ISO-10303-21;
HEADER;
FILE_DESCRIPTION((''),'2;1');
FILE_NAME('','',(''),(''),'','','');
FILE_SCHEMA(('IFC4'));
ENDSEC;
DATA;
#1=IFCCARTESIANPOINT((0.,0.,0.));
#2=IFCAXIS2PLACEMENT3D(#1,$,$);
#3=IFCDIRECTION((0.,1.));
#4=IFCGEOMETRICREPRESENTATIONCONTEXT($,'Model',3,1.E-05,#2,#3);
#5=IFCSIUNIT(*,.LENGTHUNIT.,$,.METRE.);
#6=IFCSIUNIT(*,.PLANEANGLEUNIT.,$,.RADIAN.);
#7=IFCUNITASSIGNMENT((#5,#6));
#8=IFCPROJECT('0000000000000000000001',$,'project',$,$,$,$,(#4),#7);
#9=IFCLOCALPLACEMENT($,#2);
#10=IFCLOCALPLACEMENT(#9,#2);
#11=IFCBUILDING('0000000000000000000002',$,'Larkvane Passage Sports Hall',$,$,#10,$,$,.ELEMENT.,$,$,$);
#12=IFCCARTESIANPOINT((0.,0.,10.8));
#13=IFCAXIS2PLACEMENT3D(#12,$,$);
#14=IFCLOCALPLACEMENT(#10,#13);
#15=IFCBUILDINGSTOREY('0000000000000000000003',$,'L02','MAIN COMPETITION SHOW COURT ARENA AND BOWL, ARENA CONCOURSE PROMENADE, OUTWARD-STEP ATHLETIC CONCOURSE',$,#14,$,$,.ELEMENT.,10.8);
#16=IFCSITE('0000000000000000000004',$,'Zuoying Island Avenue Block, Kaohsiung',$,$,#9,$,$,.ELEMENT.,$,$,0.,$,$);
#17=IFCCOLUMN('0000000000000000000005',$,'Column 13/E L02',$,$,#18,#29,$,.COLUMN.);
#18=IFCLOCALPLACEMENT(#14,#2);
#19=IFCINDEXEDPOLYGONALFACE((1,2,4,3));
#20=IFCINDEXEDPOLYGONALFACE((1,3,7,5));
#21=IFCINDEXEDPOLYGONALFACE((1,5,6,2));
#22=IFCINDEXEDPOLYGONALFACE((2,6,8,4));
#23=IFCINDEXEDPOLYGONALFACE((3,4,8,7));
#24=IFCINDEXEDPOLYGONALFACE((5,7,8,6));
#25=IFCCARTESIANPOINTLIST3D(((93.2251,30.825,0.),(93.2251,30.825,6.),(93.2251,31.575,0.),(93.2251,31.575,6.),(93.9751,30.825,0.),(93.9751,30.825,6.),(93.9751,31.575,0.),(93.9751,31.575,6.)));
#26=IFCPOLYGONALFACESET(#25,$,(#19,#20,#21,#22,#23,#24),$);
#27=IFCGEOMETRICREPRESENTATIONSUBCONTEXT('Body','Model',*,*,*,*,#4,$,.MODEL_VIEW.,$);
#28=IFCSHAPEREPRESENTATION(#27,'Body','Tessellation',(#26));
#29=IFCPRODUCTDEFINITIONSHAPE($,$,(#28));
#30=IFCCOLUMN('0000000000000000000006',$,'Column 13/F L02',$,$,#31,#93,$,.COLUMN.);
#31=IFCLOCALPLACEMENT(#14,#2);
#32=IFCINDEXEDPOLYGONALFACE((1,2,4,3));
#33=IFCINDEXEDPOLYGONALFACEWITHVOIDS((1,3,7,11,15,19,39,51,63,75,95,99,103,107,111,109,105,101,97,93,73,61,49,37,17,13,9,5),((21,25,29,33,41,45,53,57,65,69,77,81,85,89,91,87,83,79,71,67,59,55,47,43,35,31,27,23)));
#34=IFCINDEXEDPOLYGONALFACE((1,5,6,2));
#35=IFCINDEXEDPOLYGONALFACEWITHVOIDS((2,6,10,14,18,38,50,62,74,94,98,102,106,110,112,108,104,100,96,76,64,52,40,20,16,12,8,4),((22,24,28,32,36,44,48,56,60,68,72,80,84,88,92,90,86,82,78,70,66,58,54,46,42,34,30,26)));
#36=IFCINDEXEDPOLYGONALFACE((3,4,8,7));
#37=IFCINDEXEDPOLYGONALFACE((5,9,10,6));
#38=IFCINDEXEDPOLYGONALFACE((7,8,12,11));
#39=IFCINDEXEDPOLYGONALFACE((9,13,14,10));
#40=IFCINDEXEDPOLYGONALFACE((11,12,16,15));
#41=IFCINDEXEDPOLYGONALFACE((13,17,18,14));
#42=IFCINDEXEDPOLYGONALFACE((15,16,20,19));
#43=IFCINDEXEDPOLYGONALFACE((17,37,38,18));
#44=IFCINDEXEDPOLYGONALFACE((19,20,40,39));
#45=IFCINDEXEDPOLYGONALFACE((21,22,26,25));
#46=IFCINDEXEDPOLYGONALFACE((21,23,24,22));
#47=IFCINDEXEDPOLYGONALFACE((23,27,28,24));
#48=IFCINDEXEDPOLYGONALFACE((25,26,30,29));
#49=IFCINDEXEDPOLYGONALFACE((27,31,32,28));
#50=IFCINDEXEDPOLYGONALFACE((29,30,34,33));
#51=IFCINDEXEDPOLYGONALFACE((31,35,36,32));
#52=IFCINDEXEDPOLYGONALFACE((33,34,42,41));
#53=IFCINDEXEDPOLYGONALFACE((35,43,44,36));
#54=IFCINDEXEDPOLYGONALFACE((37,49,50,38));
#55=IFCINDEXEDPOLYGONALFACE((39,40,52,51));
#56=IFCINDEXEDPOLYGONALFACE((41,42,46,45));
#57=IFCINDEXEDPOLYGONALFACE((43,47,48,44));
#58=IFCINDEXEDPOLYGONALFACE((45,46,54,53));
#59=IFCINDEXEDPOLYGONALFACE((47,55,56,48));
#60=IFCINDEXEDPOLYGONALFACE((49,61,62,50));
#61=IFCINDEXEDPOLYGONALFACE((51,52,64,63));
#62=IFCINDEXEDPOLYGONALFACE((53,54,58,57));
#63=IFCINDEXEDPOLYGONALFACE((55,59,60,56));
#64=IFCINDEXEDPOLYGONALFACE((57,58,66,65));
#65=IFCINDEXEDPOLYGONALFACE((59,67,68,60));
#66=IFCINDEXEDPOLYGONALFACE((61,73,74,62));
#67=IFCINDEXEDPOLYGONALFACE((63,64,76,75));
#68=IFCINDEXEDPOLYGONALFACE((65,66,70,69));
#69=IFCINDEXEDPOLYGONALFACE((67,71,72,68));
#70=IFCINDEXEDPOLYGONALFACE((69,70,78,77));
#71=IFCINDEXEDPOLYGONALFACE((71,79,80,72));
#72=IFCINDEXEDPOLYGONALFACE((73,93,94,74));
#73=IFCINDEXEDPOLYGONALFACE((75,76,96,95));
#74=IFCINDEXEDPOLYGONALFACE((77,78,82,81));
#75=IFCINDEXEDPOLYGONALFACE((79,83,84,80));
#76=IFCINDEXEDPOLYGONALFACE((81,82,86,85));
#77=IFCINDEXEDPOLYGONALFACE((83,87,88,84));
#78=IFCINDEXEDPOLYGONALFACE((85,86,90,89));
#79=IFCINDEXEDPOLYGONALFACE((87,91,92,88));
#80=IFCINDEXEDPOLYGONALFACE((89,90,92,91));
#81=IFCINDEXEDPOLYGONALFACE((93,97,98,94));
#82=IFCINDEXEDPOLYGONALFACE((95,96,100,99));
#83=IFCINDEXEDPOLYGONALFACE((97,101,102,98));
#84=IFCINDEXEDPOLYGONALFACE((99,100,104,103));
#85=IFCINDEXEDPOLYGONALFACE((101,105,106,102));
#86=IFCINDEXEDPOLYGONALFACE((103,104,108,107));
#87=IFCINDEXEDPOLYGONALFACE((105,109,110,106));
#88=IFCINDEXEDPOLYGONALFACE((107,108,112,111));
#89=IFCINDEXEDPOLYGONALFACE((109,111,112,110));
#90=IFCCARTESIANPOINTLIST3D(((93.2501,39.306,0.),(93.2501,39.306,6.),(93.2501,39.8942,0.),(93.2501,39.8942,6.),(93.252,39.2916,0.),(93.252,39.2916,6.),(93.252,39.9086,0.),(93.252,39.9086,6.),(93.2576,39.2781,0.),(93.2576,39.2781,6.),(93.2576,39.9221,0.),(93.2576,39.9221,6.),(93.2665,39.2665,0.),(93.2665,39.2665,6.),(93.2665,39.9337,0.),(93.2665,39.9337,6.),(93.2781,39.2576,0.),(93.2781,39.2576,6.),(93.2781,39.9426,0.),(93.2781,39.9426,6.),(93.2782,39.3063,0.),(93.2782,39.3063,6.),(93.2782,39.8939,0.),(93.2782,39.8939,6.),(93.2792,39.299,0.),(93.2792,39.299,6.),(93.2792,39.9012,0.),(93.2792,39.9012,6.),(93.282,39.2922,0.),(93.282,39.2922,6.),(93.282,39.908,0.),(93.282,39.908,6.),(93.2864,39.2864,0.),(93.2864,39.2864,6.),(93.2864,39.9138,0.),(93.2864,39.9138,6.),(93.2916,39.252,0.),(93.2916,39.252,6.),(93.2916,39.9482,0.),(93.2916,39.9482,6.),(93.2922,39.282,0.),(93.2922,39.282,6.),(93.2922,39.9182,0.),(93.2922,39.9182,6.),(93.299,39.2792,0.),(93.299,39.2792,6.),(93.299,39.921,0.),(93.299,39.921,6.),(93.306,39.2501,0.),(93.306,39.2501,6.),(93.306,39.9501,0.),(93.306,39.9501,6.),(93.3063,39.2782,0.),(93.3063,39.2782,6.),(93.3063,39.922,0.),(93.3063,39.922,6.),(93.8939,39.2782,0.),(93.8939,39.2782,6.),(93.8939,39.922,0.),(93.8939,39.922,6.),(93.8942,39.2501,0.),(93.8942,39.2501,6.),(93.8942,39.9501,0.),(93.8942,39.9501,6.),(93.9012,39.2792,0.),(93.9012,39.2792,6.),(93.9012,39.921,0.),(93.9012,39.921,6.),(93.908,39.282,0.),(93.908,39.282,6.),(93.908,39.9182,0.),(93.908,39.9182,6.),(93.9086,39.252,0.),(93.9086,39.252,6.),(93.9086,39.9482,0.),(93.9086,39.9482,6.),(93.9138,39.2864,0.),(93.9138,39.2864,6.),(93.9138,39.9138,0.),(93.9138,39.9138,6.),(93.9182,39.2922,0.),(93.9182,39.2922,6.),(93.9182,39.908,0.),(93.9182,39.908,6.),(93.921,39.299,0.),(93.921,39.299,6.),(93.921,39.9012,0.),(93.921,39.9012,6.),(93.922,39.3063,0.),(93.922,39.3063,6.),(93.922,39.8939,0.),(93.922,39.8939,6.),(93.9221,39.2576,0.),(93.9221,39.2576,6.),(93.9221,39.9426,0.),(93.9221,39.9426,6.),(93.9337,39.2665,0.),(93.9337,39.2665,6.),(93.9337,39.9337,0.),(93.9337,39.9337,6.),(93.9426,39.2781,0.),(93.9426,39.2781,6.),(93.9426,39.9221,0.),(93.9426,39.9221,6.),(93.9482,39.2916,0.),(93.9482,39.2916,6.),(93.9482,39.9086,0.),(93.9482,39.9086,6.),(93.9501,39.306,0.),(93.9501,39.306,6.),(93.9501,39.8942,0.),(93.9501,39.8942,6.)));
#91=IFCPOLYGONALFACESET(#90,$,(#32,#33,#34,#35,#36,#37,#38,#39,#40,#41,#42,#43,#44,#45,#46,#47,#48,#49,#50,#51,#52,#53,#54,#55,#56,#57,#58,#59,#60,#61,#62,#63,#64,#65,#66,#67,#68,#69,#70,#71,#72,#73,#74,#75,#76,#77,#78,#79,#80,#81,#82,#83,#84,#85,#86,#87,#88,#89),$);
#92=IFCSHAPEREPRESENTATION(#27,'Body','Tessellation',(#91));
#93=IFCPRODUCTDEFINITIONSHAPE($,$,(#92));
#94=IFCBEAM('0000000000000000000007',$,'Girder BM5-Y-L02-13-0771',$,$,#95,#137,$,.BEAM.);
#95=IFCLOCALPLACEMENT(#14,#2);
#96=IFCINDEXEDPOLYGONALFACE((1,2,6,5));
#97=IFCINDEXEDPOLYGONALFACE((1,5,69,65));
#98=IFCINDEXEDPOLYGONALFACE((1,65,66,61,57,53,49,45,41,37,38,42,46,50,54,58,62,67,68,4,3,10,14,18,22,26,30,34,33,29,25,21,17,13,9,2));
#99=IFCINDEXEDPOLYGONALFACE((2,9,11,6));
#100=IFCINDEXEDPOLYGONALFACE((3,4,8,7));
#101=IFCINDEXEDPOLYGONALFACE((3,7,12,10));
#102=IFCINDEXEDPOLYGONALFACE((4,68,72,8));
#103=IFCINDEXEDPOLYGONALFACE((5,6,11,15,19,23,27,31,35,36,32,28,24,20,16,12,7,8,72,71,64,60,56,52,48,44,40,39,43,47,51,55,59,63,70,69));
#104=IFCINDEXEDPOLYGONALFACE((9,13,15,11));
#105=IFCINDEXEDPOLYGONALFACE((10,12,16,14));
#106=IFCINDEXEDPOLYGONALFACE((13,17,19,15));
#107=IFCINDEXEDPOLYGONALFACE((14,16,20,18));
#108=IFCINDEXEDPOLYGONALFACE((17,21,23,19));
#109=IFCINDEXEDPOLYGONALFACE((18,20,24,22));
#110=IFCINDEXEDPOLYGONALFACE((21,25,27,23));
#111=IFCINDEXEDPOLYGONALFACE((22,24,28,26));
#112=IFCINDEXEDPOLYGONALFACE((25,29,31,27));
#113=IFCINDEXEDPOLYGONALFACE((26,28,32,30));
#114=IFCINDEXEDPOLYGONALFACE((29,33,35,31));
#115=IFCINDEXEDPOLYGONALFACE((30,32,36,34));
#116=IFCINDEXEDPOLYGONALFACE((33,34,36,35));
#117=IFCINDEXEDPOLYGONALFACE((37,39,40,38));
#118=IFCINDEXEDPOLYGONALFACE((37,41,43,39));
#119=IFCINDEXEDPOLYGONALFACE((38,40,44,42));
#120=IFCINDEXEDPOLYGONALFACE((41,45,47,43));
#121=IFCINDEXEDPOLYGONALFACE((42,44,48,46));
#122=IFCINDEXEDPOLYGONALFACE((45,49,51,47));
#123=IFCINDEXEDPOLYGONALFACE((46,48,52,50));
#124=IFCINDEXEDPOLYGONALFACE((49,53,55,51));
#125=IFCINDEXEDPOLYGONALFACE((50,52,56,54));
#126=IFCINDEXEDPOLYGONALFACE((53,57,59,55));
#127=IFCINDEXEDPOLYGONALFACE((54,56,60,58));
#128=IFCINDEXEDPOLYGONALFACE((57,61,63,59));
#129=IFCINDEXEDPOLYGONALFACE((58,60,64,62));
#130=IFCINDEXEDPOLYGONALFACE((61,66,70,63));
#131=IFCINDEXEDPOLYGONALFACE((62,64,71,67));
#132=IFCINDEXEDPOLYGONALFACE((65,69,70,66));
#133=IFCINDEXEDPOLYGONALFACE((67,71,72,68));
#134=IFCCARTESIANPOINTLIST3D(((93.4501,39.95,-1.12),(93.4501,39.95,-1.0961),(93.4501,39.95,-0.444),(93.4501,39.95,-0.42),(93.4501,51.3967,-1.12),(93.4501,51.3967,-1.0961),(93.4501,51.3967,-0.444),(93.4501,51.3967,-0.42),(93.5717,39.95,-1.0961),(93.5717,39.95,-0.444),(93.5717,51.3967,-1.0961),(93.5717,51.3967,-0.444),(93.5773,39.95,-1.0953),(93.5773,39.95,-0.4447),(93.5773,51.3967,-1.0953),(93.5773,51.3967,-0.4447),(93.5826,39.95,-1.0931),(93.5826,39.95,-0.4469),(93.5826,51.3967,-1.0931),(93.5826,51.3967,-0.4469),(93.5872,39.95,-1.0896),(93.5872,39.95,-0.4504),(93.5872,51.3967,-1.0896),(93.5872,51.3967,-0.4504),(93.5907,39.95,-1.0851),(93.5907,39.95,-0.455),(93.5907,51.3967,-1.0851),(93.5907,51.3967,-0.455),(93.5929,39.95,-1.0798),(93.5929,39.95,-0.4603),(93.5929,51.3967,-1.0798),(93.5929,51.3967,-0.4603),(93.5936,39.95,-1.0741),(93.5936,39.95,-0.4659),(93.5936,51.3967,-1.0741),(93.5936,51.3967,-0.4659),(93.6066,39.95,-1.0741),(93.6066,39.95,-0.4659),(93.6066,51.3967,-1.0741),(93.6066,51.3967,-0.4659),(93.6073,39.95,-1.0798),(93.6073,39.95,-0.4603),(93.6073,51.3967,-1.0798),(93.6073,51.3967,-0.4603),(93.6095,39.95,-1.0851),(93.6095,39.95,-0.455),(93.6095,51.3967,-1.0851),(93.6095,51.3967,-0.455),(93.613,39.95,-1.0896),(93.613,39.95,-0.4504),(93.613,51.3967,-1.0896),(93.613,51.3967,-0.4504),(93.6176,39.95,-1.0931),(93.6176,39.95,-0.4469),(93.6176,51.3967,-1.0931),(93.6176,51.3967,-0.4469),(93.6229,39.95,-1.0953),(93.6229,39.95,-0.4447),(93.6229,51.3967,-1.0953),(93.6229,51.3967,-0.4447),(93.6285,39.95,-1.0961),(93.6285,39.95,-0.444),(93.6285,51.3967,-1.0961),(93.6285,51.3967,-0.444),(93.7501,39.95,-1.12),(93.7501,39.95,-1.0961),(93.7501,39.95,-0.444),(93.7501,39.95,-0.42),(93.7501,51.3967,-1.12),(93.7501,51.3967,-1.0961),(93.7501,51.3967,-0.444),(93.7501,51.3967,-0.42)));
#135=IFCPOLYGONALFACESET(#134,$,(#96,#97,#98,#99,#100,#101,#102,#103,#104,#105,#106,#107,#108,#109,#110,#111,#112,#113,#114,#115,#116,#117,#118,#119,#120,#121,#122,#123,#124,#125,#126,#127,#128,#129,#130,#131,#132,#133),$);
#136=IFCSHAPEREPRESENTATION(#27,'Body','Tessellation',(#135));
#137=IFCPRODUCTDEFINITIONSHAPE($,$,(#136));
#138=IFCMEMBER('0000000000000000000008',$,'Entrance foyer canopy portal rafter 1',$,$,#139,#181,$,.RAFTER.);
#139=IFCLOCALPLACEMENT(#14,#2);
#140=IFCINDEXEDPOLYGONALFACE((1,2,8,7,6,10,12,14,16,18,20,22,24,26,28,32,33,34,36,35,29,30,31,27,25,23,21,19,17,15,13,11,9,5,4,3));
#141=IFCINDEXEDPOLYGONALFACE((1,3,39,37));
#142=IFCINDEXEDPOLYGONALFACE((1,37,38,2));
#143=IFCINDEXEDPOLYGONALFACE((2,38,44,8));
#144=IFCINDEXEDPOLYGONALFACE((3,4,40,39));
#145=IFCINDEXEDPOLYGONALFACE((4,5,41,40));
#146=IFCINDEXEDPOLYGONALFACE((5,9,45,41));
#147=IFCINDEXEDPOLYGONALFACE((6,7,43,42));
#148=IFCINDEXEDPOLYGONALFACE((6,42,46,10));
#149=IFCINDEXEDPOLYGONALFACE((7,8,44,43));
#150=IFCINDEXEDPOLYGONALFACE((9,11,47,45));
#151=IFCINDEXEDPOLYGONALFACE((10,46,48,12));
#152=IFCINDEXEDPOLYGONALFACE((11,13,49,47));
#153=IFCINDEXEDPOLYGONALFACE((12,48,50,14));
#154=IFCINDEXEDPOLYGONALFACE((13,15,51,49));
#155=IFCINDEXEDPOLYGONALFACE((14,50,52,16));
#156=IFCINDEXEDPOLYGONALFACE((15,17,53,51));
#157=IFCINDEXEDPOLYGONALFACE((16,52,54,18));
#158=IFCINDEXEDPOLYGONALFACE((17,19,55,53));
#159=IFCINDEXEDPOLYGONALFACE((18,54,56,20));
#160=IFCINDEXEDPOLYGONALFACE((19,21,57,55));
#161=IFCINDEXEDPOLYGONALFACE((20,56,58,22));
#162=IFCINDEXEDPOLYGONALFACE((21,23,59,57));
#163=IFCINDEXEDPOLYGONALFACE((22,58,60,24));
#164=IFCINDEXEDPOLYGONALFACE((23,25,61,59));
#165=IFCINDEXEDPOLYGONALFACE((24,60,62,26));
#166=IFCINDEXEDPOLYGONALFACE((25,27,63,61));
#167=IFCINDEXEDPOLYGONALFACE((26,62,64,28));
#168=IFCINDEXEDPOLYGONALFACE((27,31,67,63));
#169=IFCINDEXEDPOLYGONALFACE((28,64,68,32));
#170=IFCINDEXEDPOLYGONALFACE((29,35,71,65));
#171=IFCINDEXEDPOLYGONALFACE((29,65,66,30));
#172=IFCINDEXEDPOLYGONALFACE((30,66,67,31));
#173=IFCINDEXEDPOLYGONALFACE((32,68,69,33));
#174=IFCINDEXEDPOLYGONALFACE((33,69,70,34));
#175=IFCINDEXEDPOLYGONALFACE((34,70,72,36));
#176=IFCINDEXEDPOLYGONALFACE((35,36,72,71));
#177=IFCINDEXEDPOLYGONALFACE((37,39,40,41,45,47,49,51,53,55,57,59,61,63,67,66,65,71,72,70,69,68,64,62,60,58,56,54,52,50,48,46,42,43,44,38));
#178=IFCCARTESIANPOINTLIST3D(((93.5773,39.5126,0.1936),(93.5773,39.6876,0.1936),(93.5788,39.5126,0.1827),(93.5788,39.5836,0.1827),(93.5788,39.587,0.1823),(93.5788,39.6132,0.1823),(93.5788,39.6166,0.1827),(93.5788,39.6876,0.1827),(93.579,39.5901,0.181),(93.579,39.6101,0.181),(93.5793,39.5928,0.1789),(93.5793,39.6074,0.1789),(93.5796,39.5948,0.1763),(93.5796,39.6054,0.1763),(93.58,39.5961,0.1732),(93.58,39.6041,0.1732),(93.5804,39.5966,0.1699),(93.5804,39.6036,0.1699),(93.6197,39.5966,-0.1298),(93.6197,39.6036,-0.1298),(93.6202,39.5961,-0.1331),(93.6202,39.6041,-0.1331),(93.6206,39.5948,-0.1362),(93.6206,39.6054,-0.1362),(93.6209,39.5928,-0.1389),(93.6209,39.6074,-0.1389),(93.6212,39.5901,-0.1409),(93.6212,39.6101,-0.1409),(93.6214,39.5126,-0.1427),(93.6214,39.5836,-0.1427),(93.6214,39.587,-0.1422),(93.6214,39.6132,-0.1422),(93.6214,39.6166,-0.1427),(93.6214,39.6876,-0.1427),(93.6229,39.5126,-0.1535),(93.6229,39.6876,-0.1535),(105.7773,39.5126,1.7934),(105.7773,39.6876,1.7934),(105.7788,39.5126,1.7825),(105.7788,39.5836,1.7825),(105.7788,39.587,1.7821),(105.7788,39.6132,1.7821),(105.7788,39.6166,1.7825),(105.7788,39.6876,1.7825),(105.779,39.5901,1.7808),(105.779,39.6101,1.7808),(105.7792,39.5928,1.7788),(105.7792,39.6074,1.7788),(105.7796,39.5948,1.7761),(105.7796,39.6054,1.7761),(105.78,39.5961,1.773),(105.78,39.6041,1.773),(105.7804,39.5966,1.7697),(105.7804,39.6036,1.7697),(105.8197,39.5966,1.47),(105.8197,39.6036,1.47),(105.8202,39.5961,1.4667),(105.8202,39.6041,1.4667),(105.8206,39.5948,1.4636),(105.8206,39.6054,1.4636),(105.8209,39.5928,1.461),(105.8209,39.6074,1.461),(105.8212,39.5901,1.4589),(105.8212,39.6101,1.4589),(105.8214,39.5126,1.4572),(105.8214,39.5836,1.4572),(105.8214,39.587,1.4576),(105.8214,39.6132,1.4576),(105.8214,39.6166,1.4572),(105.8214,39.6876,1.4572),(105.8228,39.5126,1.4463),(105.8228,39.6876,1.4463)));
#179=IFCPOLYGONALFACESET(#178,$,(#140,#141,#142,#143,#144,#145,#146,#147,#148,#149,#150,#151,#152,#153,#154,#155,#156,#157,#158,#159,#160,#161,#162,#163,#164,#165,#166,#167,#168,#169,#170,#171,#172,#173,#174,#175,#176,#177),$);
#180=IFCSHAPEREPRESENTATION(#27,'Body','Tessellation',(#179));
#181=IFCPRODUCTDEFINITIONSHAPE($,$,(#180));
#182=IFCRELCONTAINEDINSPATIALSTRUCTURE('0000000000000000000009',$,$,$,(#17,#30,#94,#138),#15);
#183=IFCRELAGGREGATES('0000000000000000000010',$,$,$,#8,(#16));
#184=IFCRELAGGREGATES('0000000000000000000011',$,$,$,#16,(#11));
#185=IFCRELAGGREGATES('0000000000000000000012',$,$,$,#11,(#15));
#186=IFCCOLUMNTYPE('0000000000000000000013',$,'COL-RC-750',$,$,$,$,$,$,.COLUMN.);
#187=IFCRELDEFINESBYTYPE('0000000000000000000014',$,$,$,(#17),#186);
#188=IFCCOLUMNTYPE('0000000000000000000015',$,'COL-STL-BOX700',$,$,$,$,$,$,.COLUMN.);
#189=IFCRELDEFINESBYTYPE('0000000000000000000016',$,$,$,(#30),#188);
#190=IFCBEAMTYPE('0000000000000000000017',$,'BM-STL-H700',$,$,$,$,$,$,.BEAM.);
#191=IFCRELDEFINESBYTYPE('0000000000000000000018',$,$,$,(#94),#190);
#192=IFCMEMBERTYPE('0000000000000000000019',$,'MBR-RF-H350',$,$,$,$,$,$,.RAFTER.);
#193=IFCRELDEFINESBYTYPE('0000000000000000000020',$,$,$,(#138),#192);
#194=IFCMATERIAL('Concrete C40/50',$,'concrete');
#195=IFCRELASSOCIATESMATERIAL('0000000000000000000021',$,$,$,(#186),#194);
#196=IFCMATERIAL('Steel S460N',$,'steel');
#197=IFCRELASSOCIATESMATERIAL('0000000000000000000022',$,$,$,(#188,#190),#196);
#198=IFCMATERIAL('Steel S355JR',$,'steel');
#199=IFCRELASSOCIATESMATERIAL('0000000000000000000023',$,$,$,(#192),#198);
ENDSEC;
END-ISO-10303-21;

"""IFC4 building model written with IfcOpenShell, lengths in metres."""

from ifc_helpers import new_model, si_unit, direction, frame, origin, origin_2d, place, context, subcontext, project, spatial, rectangle, hollow_rectangle, i_section, extrude, material, material_profile, profile_set, type_object, element, save


model = new_model("IFC4")

# Units and contexts
model_context = context("Model", 3, precision=1e-05, world=origin(), true_north=direction((0.0, 1.0)))
body_context = subcontext(model_context, "Body", "Model", "MODEL_VIEW")
ifc_project = project(units=[si_unit("LENGTHUNIT", "METRE"), si_unit("PLANEANGLEUNIT", "RADIAN")], contexts=[model_context])

# Site, building, storey
site_placement = place(None, origin())
site = spatial("IfcSite", under=ifc_project, at=site_placement, Name="Zuoying Island Avenue Block, Kaohsiung", CompositionType="ELEMENT", RefElevation=0.0)
building_placement = place(site_placement, origin())
building = spatial("IfcBuilding", under=site, at=building_placement, Name="Larkvane Passage Sports Hall", CompositionType="ELEMENT")
storey_placement = place(building_placement, frame((0.0, 0.0, 10.8)))
storey = spatial("IfcBuildingStorey", under=building, at=storey_placement, Name="L02", Description="MAIN COMPETITION SHOW COURT ARENA AND BOWL, ARENA CONCOURSE PROMENADE, OUTWARD-STEP ATHLETIC CONCOURSE", CompositionType="ELEMENT", Elevation=10.8)

# Columns
ifc_material_1 = material(Name="Concrete C40/50", Category="concrete")
ifc_material_profile_1 = material_profile(ifc_material_1, rectangle(XDim=0.75, YDim=0.75, at=origin_2d()), Name="RC-COL-750x750")
ifc_profile_set_1 = profile_set([ifc_material_profile_1], Name="Concrete C40/50")
column_type_1 = type_object("IfcColumnType", Name="COL-RC-750", PredefinedType="COLUMN", material=ifc_profile_set_1)
column_1_placement = place(storey_placement, frame((93.6001, 31.2, 0.0), z_axis=(0.0, 0.0, 1.0), x_axis=(1.0, 0.0, 0.0)))
element("IfcColumn", 1, at=column_1_placement, inside=storey, type_object=column_type_1, Name="Column 13/E L02", PredefinedType="COLUMN", context=body_context, shape_type="SweptSolid", body=[
    extrude(rectangle(XDim=0.75, YDim=0.75, at=origin_2d()), origin(), (0.0, 0.0, 1.0), 6.0),
])
ifc_material_2 = material(Name="Steel S460N", Category="steel")
ifc_material_profile_2 = material_profile(ifc_material_2, hollow_rectangle(XDim=0.7, YDim=0.7, WallThickness=0.0281, InnerFilletRadius=0.0281, OuterFilletRadius=0.0559, at=origin_2d()), Name="BOX-700x700x28")
ifc_profile_set_2 = profile_set([ifc_material_profile_2], Name="Steel S460N")
column_type_2 = type_object("IfcColumnType", Name="COL-STL-BOX700", PredefinedType="COLUMN", material=ifc_profile_set_2)
column_2_placement = place(storey_placement, frame((93.6001, 39.6001, 0.0), z_axis=(0.0, 0.0, 1.0), x_axis=(1.0, 0.0, 0.0)))
element("IfcColumn", 2, at=column_2_placement, inside=storey, type_object=column_type_2, Name="Column 13/F L02", PredefinedType="COLUMN", context=body_context, shape_type="SweptSolid", body=[
    extrude(hollow_rectangle(XDim=0.7, YDim=0.7, WallThickness=0.0281, InnerFilletRadius=0.0281, OuterFilletRadius=0.0559, at=origin_2d()), origin(), (0.0, 0.0, 1.0), 6.0),
])

# Beam
ifc_material_profile_3 = material_profile(ifc_material_2, i_section(OverallWidth=0.3, OverallDepth=0.7, WebThickness=0.0129, FlangeThickness=0.0239, FilletRadius=0.022, at=origin_2d()), Name="H-700x300x13x24")
ifc_profile_set_3 = profile_set([ifc_material_profile_3], Name="Steel S460N")
beam_type_1 = type_object("IfcBeamType", Name="BM-STL-H700", PredefinedType="BEAM", material=ifc_profile_set_3)
beam_1_placement = place(storey_placement, frame((93.6001, 39.95, -0.77), z_axis=(0.0, 1.0, 0.0), x_axis=(-1.0, 0.0, 0.0)))
element("IfcBeam", 3, at=beam_1_placement, inside=storey, type_object=beam_type_1, Name="Girder BM5-Y-L02-13-0771", PredefinedType="BEAM", context=body_context, shape_type="SweptSolid", body=[
    extrude(i_section(OverallWidth=0.3, OverallDepth=0.7, WebThickness=0.0129, FlangeThickness=0.0239, FilletRadius=0.022, at=origin_2d()), origin(), (0.0, 0.0, 1.0), 11.4468),
])

# Member
ifc_material_3 = material(Name="Steel S355JR", Category="steel")
ifc_material_profile_4 = material_profile(ifc_material_3, i_section(OverallWidth=0.175, OverallDepth=0.3501, WebThickness=0.0071, FlangeThickness=0.011, FilletRadius=0.0129, at=origin_2d()), Name="H-350x175x7x11")
ifc_profile_set_4 = profile_set([ifc_material_profile_4], Name="Steel S355JR")
member_type_1 = type_object("IfcMemberType", Name="MBR-RF-H350", PredefinedType="RAFTER", material=ifc_profile_set_4)
member_1_placement = place(storey_placement, frame((93.6001, 39.6001, 0.02), z_axis=(0.991511, 0.0, 0.130023), x_axis=(0.0, 1.0, 0.0)))
element("IfcMember", 4, at=member_1_placement, inside=storey, type_object=member_type_1, Name="Entrance foyer canopy portal rafter 1", PredefinedType="RAFTER", context=body_context, shape_type="SweptSolid", body=[
    extrude(i_section(OverallWidth=0.175, OverallDepth=0.3501, WebThickness=0.0071, FlangeThickness=0.011, FilletRadius=0.0129, at=origin_2d()), origin(), (0.0, 0.0, 1.0), 12.3044),
])

save(model, "model.ifc")
